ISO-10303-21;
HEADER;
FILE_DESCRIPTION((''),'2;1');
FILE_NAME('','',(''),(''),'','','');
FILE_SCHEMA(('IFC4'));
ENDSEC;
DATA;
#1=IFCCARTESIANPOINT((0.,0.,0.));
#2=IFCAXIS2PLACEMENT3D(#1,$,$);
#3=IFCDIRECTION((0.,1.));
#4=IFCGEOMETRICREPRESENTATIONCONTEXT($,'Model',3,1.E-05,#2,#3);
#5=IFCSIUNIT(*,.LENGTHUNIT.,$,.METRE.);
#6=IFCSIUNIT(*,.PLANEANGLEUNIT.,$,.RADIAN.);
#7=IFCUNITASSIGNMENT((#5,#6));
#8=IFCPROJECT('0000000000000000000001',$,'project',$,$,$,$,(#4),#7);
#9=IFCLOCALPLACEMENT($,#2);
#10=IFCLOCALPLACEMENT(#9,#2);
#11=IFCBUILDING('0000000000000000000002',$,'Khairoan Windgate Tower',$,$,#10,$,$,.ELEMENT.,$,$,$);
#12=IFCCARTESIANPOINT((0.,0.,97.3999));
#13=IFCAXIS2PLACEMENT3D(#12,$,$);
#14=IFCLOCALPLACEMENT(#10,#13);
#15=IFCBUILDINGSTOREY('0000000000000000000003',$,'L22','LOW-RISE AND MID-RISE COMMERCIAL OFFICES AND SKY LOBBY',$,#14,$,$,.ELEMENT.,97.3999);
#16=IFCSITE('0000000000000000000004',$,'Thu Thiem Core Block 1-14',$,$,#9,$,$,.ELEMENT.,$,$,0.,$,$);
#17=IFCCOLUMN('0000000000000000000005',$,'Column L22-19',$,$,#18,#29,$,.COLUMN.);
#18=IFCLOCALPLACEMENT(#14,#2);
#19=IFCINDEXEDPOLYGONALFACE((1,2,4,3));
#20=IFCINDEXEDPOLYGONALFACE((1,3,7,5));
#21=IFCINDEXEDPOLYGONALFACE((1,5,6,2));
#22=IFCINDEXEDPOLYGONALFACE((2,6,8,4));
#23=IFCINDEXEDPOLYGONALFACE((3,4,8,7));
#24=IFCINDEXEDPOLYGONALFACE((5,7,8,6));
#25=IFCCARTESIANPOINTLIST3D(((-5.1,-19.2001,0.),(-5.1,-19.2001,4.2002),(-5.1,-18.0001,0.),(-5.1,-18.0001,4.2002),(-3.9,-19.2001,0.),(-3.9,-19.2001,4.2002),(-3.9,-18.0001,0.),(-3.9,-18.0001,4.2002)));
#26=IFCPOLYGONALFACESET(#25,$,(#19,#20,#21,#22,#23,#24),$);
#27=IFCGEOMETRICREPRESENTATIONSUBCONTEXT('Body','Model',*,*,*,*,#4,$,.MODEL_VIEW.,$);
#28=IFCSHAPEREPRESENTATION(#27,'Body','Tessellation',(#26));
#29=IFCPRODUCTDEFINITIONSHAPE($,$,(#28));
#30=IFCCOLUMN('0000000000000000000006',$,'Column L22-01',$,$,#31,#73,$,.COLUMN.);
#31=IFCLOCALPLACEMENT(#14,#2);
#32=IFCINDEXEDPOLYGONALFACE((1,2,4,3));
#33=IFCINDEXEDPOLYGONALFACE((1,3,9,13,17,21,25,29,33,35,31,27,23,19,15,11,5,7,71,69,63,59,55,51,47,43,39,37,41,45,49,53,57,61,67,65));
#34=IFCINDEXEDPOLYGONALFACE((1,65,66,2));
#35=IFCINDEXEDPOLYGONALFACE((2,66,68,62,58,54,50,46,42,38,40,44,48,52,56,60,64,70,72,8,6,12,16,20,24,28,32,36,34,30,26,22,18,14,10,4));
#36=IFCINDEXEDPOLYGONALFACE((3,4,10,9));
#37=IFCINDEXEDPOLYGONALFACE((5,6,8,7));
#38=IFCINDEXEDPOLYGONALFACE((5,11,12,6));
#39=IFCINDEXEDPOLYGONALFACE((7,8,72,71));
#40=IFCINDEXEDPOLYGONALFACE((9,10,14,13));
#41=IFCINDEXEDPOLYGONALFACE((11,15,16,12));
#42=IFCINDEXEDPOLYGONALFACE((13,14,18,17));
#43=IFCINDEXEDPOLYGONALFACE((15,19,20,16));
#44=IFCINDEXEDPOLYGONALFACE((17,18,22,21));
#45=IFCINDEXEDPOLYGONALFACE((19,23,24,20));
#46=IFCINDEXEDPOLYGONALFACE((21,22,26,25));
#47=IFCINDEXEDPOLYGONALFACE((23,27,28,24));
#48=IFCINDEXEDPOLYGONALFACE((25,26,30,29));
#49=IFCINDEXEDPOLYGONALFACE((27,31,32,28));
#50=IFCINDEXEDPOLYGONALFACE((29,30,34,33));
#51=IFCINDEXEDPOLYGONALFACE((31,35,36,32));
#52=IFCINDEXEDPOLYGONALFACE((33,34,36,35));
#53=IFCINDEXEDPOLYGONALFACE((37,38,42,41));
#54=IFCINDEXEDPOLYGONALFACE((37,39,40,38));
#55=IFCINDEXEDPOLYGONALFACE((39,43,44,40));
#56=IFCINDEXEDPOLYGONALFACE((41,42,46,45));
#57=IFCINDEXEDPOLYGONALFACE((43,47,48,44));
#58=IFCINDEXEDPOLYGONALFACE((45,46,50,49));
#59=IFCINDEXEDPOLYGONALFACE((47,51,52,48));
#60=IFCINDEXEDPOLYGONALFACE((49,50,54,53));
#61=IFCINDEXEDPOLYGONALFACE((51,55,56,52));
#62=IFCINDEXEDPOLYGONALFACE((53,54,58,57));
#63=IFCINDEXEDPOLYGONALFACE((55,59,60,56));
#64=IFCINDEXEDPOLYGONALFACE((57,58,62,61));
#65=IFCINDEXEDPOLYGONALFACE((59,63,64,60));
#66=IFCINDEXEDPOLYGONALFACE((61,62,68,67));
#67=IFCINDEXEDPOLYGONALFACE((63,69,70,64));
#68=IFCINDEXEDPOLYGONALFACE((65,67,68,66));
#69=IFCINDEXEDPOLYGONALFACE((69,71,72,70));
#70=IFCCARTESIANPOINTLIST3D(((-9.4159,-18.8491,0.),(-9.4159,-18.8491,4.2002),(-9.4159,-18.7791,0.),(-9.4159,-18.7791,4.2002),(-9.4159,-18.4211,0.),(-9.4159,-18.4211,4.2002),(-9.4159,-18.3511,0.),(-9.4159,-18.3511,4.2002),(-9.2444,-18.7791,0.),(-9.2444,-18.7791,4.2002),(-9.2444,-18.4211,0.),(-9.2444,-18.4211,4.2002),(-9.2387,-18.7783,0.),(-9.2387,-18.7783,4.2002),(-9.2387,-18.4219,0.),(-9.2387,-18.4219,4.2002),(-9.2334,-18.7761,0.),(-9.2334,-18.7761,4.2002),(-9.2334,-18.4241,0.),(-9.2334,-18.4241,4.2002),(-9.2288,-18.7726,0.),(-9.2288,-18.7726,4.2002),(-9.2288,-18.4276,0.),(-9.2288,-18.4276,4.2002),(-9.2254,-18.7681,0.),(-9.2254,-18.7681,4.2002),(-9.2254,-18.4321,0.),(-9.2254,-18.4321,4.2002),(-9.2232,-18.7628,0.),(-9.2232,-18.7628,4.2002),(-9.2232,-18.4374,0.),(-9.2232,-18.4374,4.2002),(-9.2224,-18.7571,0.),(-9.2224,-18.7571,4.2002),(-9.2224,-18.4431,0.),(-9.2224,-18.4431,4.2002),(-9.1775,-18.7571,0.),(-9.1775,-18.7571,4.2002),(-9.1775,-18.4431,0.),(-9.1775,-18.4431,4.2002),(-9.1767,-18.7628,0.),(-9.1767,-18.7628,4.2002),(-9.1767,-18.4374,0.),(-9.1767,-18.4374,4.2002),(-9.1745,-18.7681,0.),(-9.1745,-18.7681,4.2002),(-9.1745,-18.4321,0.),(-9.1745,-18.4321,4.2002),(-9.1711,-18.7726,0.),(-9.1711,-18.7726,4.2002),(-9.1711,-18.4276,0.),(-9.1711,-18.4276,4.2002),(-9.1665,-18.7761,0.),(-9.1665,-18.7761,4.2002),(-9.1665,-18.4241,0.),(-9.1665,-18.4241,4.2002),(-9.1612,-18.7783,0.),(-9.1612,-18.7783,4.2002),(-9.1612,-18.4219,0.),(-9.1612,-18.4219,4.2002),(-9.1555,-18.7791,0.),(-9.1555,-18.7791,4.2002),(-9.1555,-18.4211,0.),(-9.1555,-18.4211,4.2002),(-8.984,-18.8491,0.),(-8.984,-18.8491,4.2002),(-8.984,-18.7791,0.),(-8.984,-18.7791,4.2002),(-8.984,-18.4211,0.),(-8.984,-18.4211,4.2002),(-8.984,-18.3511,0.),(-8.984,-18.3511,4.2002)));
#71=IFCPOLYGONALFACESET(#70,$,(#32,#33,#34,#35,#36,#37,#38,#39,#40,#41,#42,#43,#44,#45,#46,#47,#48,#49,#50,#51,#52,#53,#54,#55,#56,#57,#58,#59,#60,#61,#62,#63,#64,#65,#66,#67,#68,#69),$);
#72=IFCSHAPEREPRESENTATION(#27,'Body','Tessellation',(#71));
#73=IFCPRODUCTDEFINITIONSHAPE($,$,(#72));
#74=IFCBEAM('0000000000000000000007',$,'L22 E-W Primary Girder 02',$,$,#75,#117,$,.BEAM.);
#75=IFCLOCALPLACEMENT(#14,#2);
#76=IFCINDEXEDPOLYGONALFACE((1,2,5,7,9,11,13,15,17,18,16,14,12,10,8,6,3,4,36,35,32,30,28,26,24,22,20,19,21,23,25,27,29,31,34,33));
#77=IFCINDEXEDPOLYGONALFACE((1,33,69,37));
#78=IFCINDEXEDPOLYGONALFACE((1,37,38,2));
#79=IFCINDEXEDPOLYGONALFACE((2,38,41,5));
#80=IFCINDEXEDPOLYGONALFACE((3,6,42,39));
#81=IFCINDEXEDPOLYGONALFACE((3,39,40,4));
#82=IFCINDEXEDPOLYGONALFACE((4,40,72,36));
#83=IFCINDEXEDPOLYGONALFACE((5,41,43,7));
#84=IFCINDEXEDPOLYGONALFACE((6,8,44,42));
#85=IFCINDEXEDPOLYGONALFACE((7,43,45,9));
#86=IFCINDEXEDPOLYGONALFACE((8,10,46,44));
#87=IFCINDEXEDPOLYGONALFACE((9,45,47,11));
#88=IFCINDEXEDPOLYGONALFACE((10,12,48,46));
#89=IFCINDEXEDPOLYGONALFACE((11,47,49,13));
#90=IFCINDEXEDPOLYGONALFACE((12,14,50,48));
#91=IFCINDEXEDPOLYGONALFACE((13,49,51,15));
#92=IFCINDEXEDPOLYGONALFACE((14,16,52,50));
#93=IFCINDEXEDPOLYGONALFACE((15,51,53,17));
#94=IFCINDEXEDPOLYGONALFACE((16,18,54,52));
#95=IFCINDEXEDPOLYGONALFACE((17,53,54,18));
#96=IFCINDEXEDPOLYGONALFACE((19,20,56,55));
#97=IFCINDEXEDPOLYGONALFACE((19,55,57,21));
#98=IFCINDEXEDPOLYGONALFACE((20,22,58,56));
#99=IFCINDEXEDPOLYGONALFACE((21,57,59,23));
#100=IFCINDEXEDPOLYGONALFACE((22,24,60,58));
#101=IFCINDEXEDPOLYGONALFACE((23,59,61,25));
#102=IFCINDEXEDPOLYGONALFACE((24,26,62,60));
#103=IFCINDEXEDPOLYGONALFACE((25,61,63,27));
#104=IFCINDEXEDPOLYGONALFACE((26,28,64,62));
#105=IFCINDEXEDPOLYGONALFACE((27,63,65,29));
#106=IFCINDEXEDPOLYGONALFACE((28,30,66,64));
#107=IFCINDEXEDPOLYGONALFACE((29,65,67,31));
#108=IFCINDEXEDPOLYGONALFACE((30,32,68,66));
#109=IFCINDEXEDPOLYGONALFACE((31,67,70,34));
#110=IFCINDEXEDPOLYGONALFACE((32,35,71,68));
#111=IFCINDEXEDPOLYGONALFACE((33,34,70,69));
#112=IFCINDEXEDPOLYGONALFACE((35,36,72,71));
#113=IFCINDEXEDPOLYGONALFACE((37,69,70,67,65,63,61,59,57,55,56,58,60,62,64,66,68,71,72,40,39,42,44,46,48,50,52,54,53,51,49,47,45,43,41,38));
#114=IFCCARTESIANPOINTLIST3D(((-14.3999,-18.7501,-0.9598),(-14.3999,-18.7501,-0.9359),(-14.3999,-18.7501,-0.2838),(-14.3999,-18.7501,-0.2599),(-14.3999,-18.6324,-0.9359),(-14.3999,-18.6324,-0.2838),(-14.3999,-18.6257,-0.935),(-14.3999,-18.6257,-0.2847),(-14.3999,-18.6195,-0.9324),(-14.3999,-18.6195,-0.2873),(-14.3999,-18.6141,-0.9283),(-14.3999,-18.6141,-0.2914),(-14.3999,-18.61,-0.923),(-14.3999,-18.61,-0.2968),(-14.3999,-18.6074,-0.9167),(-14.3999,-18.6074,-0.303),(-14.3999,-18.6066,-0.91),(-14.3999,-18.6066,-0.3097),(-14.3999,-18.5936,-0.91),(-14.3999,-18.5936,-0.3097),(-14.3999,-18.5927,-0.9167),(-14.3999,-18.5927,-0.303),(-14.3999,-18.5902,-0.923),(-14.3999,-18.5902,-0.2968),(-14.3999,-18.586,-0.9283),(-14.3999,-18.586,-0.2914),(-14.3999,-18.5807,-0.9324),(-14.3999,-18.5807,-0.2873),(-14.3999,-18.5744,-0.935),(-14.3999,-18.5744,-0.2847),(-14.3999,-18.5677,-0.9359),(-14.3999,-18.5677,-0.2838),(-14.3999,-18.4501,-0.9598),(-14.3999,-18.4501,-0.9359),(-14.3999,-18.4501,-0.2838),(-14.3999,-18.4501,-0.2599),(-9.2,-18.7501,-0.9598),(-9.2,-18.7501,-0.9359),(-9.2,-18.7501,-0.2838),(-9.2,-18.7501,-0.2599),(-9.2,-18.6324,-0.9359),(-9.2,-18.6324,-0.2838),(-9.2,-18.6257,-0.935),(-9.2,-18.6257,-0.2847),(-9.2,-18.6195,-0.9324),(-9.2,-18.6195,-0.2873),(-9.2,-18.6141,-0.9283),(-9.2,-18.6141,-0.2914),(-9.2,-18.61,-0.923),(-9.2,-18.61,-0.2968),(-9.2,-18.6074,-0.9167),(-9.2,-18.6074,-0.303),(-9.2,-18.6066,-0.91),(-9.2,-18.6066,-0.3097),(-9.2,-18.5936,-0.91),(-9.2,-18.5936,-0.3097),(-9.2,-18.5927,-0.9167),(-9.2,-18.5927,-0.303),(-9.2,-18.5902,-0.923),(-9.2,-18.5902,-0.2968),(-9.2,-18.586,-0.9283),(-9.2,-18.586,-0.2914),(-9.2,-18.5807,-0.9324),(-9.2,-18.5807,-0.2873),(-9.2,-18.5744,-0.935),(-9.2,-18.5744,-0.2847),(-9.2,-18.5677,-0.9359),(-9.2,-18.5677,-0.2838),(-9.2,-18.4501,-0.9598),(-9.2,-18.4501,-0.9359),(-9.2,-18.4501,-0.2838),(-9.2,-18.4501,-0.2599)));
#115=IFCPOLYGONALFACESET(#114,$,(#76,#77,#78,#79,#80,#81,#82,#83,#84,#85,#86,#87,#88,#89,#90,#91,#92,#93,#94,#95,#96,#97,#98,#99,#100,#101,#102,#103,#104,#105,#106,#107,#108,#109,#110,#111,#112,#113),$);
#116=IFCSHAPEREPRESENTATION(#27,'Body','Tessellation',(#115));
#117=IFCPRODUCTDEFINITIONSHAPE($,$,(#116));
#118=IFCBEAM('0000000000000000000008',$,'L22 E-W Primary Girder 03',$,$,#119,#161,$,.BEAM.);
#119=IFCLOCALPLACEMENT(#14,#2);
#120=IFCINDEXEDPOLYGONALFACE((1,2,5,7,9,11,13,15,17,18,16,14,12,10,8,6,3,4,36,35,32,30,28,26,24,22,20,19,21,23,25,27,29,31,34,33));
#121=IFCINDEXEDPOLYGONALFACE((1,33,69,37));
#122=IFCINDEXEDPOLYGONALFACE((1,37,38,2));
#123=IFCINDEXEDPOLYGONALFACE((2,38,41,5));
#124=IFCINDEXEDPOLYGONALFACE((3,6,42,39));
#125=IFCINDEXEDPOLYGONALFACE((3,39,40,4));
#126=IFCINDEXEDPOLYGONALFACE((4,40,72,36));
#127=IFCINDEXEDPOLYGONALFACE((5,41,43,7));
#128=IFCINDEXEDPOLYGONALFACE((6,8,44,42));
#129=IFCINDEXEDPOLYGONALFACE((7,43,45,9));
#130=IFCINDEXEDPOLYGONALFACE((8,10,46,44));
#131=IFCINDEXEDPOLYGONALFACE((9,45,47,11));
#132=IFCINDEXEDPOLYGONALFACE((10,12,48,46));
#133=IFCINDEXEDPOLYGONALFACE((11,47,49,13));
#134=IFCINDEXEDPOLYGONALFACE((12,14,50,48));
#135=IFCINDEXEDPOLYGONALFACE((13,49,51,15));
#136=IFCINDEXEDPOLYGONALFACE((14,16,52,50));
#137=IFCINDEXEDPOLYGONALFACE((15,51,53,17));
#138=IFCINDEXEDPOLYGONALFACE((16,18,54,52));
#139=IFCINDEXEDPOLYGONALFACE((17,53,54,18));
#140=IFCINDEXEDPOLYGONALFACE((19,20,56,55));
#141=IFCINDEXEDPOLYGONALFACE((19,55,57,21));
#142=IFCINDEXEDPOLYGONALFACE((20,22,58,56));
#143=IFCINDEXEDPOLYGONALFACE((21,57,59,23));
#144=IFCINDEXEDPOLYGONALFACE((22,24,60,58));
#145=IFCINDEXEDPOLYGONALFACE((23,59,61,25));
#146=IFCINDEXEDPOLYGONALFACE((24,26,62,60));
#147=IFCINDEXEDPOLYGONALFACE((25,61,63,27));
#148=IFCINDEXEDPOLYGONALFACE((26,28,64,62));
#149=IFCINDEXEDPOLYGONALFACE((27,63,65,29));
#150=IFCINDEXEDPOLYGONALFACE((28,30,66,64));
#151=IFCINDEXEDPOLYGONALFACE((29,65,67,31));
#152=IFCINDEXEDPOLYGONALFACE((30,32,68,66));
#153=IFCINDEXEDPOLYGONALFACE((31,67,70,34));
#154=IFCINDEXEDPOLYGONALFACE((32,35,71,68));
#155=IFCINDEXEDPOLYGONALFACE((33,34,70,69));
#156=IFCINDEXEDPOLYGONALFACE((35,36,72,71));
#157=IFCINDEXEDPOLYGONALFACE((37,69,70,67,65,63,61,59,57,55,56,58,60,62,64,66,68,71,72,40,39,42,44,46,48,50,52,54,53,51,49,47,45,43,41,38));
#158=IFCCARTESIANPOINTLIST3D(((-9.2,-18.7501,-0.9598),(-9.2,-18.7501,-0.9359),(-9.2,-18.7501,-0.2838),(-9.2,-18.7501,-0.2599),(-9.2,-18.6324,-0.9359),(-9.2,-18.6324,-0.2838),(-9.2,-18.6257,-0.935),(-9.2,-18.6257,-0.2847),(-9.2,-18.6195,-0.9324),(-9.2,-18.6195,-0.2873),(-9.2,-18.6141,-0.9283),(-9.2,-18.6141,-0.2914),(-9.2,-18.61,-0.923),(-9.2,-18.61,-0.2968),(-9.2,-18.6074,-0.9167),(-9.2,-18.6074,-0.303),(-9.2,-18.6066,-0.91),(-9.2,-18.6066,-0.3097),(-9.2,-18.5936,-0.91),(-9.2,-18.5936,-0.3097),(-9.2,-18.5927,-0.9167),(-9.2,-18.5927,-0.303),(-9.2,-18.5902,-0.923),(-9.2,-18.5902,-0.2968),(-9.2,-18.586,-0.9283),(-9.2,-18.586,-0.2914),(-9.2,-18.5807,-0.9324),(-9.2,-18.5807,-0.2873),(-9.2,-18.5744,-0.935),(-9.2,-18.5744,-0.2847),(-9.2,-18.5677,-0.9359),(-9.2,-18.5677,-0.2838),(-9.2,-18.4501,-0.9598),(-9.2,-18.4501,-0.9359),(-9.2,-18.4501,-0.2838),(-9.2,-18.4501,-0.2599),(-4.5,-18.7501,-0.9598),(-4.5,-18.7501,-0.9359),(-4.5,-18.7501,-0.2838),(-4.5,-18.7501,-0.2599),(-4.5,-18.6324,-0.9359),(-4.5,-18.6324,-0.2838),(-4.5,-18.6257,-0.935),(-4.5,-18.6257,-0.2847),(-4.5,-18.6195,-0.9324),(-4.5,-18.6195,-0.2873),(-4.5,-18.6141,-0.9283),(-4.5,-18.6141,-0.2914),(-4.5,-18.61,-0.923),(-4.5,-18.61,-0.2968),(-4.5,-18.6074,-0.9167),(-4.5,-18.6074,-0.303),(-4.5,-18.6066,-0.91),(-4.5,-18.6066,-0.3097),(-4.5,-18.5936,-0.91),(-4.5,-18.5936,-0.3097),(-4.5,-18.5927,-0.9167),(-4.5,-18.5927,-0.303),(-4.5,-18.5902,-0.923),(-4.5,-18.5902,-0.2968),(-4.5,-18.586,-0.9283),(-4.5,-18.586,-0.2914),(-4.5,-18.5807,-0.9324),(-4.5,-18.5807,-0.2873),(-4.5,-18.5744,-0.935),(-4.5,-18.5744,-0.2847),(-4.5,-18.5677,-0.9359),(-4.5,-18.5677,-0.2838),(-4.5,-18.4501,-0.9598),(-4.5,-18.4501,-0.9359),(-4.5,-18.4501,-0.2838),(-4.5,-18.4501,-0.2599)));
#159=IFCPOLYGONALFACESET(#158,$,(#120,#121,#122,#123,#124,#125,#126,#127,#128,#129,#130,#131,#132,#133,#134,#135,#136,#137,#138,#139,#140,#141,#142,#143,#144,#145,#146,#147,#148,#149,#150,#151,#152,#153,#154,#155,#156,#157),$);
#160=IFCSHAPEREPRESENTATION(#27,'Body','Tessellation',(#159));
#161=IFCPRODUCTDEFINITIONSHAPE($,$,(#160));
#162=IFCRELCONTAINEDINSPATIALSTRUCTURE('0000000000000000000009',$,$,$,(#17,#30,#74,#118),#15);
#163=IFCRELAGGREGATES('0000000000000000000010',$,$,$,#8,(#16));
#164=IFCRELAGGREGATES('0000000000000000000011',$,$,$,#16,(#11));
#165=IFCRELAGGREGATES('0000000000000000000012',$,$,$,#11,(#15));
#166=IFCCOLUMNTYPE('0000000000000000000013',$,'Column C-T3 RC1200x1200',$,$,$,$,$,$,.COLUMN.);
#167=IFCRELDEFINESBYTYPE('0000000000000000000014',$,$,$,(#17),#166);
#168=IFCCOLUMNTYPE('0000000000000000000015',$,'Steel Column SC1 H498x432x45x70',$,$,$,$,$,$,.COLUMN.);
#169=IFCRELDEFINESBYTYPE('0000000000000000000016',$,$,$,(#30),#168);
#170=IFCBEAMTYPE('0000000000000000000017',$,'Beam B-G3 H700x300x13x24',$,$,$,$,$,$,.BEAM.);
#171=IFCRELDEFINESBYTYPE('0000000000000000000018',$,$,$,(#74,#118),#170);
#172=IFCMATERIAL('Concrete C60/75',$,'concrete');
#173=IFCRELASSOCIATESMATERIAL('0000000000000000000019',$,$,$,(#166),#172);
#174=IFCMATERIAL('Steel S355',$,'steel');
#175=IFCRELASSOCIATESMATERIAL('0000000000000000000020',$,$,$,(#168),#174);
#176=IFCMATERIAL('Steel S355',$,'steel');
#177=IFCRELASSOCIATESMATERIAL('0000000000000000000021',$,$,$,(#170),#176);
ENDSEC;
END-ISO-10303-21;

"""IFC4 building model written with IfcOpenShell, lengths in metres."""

from ifc_helpers import new_model, si_unit, direction, frame, origin, origin_2d, place, context, subcontext, project, spatial, rectangle, i_section, extrude, material, material_profile, profile_set, type_object, element, save


model = new_model("IFC4")

# Units and contexts
model_context = context("Model", 3, precision=1e-05, world=origin(), true_north=direction((0.0, 1.0)))
body_context = subcontext(model_context, "Body", "Model", "MODEL_VIEW")
ifc_project = project(units=[si_unit("LENGTHUNIT", "METRE"), si_unit("PLANEANGLEUNIT", "RADIAN")], contexts=[model_context])

# Site, building, storey
site_placement = place(None, origin())
site = spatial("IfcSite", under=ifc_project, at=site_placement, Name="Thu Thiem Core Block 1-14", CompositionType="ELEMENT", RefElevation=0.0)
building_placement = place(site_placement, origin())
building = spatial("IfcBuilding", under=site, at=building_placement, Name="Khairoan Windgate Tower", CompositionType="ELEMENT")
storey_placement = place(building_placement, frame((0.0, 0.0, 97.3999)))
storey = spatial("IfcBuildingStorey", under=building, at=storey_placement, Name="L22", Description="LOW-RISE AND MID-RISE COMMERCIAL OFFICES AND SKY LOBBY", CompositionType="ELEMENT", Elevation=97.3999)

# Columns
ifc_material_1 = material(Name="Concrete C60/75", Category="concrete")
ifc_material_profile_1 = material_profile(ifc_material_1, rectangle(XDim=1.2, YDim=1.2, at=origin_2d()))
ifc_profile_set_1 = profile_set([ifc_material_profile_1], Name="Concrete C60/75")
column_type_1 = type_object("IfcColumnType", Name="Column C-T3 RC1200x1200", PredefinedType="COLUMN", material=ifc_profile_set_1)
column_1_placement = place(storey_placement, frame((-4.5, -18.6001, 0.0), z_axis=(0.0, 0.0, 1.0), x_axis=(1.0, 0.0, 0.0)))
element("IfcColumn", 1, at=column_1_placement, inside=storey, type_object=column_type_1, Name="Column L22-19", PredefinedType="COLUMN", context=body_context, shape_type="SweptSolid", body=[
    extrude(rectangle(XDim=1.2, YDim=1.2, at=origin_2d()), origin(), (0.0, 0.0, 1.0), 4.2002),
])
ifc_material_2 = material(Name="Steel S355", Category="steel")
ifc_material_profile_2 = material_profile(ifc_material_2, i_section(OverallWidth=0.4319, OverallDepth=0.498, WebThickness=0.0449, FlangeThickness=0.0701, FilletRadius=0.022, at=origin_2d()))
ifc_profile_set_2 = profile_set([ifc_material_profile_2], Name="Steel S355")
column_type_2 = type_object("IfcColumnType", Name="Steel Column SC1 H498x432x45x70", PredefinedType="COLUMN", material=ifc_profile_set_2)
column_2_placement = place(storey_placement, frame((-9.2, -18.6001, 0.0), z_axis=(0.0, 0.0, 1.0), x_axis=(1.0, 0.0, 0.0)))
element("IfcColumn", 2, at=column_2_placement, inside=storey, type_object=column_type_2, Name="Column L22-01", PredefinedType="COLUMN", context=body_context, shape_type="SweptSolid", body=[
    extrude(i_section(OverallWidth=0.4319, OverallDepth=0.498, WebThickness=0.0449, FlangeThickness=0.0701, FilletRadius=0.022, at=origin_2d()), origin(), (0.0, 0.0, 1.0), 4.2002),
])

# Beams
ifc_material_3 = material(Name="Steel S355", Category="steel")
ifc_material_profile_3 = material_profile(ifc_material_3, i_section(OverallWidth=0.3, OverallDepth=0.7, WebThickness=0.0129, FlangeThickness=0.0239, FilletRadius=0.0259, at=origin_2d()))
ifc_profile_set_3 = profile_set([ifc_material_profile_3], Name="Steel S355")
beam_type_1 = type_object("IfcBeamType", Name="Beam B-G3 H700x300x13x24", PredefinedType="BEAM", material=ifc_profile_set_3)
beam_1_placement = place(storey_placement, frame((-14.3999, -18.6001, -0.6099), z_axis=(1.0, 0.0, 0.0), x_axis=(0.0, 1.0, 0.0)))
element("IfcBeam", 3, at=beam_1_placement, inside=storey, type_object=beam_type_1, Name="L22 E-W Primary Girder 02", PredefinedType="BEAM", context=body_context, shape_type="SweptSolid", body=[
    extrude(i_section(OverallWidth=0.3, OverallDepth=0.7, WebThickness=0.0129, FlangeThickness=0.0239, FilletRadius=0.0259, at=origin_2d()), origin(), (0.0, 0.0, 1.0), 5.2),
])
beam_2_placement = place(storey_placement, frame((-9.2, -18.6001, -0.6099), z_axis=(1.0, 0.0, 0.0), x_axis=(0.0, 1.0, 0.0)))
element("IfcBeam", 4, at=beam_2_placement, inside=storey, type_object=beam_type_1, Name="L22 E-W Primary Girder 03", PredefinedType="BEAM", context=body_context, shape_type="SweptSolid", body=[
    extrude(i_section(OverallWidth=0.3, OverallDepth=0.7, WebThickness=0.0129, FlangeThickness=0.0239, FilletRadius=0.0259, at=origin_2d()), origin(), (0.0, 0.0, 1.0), 4.7),
])

save(model, "model.ifc")
